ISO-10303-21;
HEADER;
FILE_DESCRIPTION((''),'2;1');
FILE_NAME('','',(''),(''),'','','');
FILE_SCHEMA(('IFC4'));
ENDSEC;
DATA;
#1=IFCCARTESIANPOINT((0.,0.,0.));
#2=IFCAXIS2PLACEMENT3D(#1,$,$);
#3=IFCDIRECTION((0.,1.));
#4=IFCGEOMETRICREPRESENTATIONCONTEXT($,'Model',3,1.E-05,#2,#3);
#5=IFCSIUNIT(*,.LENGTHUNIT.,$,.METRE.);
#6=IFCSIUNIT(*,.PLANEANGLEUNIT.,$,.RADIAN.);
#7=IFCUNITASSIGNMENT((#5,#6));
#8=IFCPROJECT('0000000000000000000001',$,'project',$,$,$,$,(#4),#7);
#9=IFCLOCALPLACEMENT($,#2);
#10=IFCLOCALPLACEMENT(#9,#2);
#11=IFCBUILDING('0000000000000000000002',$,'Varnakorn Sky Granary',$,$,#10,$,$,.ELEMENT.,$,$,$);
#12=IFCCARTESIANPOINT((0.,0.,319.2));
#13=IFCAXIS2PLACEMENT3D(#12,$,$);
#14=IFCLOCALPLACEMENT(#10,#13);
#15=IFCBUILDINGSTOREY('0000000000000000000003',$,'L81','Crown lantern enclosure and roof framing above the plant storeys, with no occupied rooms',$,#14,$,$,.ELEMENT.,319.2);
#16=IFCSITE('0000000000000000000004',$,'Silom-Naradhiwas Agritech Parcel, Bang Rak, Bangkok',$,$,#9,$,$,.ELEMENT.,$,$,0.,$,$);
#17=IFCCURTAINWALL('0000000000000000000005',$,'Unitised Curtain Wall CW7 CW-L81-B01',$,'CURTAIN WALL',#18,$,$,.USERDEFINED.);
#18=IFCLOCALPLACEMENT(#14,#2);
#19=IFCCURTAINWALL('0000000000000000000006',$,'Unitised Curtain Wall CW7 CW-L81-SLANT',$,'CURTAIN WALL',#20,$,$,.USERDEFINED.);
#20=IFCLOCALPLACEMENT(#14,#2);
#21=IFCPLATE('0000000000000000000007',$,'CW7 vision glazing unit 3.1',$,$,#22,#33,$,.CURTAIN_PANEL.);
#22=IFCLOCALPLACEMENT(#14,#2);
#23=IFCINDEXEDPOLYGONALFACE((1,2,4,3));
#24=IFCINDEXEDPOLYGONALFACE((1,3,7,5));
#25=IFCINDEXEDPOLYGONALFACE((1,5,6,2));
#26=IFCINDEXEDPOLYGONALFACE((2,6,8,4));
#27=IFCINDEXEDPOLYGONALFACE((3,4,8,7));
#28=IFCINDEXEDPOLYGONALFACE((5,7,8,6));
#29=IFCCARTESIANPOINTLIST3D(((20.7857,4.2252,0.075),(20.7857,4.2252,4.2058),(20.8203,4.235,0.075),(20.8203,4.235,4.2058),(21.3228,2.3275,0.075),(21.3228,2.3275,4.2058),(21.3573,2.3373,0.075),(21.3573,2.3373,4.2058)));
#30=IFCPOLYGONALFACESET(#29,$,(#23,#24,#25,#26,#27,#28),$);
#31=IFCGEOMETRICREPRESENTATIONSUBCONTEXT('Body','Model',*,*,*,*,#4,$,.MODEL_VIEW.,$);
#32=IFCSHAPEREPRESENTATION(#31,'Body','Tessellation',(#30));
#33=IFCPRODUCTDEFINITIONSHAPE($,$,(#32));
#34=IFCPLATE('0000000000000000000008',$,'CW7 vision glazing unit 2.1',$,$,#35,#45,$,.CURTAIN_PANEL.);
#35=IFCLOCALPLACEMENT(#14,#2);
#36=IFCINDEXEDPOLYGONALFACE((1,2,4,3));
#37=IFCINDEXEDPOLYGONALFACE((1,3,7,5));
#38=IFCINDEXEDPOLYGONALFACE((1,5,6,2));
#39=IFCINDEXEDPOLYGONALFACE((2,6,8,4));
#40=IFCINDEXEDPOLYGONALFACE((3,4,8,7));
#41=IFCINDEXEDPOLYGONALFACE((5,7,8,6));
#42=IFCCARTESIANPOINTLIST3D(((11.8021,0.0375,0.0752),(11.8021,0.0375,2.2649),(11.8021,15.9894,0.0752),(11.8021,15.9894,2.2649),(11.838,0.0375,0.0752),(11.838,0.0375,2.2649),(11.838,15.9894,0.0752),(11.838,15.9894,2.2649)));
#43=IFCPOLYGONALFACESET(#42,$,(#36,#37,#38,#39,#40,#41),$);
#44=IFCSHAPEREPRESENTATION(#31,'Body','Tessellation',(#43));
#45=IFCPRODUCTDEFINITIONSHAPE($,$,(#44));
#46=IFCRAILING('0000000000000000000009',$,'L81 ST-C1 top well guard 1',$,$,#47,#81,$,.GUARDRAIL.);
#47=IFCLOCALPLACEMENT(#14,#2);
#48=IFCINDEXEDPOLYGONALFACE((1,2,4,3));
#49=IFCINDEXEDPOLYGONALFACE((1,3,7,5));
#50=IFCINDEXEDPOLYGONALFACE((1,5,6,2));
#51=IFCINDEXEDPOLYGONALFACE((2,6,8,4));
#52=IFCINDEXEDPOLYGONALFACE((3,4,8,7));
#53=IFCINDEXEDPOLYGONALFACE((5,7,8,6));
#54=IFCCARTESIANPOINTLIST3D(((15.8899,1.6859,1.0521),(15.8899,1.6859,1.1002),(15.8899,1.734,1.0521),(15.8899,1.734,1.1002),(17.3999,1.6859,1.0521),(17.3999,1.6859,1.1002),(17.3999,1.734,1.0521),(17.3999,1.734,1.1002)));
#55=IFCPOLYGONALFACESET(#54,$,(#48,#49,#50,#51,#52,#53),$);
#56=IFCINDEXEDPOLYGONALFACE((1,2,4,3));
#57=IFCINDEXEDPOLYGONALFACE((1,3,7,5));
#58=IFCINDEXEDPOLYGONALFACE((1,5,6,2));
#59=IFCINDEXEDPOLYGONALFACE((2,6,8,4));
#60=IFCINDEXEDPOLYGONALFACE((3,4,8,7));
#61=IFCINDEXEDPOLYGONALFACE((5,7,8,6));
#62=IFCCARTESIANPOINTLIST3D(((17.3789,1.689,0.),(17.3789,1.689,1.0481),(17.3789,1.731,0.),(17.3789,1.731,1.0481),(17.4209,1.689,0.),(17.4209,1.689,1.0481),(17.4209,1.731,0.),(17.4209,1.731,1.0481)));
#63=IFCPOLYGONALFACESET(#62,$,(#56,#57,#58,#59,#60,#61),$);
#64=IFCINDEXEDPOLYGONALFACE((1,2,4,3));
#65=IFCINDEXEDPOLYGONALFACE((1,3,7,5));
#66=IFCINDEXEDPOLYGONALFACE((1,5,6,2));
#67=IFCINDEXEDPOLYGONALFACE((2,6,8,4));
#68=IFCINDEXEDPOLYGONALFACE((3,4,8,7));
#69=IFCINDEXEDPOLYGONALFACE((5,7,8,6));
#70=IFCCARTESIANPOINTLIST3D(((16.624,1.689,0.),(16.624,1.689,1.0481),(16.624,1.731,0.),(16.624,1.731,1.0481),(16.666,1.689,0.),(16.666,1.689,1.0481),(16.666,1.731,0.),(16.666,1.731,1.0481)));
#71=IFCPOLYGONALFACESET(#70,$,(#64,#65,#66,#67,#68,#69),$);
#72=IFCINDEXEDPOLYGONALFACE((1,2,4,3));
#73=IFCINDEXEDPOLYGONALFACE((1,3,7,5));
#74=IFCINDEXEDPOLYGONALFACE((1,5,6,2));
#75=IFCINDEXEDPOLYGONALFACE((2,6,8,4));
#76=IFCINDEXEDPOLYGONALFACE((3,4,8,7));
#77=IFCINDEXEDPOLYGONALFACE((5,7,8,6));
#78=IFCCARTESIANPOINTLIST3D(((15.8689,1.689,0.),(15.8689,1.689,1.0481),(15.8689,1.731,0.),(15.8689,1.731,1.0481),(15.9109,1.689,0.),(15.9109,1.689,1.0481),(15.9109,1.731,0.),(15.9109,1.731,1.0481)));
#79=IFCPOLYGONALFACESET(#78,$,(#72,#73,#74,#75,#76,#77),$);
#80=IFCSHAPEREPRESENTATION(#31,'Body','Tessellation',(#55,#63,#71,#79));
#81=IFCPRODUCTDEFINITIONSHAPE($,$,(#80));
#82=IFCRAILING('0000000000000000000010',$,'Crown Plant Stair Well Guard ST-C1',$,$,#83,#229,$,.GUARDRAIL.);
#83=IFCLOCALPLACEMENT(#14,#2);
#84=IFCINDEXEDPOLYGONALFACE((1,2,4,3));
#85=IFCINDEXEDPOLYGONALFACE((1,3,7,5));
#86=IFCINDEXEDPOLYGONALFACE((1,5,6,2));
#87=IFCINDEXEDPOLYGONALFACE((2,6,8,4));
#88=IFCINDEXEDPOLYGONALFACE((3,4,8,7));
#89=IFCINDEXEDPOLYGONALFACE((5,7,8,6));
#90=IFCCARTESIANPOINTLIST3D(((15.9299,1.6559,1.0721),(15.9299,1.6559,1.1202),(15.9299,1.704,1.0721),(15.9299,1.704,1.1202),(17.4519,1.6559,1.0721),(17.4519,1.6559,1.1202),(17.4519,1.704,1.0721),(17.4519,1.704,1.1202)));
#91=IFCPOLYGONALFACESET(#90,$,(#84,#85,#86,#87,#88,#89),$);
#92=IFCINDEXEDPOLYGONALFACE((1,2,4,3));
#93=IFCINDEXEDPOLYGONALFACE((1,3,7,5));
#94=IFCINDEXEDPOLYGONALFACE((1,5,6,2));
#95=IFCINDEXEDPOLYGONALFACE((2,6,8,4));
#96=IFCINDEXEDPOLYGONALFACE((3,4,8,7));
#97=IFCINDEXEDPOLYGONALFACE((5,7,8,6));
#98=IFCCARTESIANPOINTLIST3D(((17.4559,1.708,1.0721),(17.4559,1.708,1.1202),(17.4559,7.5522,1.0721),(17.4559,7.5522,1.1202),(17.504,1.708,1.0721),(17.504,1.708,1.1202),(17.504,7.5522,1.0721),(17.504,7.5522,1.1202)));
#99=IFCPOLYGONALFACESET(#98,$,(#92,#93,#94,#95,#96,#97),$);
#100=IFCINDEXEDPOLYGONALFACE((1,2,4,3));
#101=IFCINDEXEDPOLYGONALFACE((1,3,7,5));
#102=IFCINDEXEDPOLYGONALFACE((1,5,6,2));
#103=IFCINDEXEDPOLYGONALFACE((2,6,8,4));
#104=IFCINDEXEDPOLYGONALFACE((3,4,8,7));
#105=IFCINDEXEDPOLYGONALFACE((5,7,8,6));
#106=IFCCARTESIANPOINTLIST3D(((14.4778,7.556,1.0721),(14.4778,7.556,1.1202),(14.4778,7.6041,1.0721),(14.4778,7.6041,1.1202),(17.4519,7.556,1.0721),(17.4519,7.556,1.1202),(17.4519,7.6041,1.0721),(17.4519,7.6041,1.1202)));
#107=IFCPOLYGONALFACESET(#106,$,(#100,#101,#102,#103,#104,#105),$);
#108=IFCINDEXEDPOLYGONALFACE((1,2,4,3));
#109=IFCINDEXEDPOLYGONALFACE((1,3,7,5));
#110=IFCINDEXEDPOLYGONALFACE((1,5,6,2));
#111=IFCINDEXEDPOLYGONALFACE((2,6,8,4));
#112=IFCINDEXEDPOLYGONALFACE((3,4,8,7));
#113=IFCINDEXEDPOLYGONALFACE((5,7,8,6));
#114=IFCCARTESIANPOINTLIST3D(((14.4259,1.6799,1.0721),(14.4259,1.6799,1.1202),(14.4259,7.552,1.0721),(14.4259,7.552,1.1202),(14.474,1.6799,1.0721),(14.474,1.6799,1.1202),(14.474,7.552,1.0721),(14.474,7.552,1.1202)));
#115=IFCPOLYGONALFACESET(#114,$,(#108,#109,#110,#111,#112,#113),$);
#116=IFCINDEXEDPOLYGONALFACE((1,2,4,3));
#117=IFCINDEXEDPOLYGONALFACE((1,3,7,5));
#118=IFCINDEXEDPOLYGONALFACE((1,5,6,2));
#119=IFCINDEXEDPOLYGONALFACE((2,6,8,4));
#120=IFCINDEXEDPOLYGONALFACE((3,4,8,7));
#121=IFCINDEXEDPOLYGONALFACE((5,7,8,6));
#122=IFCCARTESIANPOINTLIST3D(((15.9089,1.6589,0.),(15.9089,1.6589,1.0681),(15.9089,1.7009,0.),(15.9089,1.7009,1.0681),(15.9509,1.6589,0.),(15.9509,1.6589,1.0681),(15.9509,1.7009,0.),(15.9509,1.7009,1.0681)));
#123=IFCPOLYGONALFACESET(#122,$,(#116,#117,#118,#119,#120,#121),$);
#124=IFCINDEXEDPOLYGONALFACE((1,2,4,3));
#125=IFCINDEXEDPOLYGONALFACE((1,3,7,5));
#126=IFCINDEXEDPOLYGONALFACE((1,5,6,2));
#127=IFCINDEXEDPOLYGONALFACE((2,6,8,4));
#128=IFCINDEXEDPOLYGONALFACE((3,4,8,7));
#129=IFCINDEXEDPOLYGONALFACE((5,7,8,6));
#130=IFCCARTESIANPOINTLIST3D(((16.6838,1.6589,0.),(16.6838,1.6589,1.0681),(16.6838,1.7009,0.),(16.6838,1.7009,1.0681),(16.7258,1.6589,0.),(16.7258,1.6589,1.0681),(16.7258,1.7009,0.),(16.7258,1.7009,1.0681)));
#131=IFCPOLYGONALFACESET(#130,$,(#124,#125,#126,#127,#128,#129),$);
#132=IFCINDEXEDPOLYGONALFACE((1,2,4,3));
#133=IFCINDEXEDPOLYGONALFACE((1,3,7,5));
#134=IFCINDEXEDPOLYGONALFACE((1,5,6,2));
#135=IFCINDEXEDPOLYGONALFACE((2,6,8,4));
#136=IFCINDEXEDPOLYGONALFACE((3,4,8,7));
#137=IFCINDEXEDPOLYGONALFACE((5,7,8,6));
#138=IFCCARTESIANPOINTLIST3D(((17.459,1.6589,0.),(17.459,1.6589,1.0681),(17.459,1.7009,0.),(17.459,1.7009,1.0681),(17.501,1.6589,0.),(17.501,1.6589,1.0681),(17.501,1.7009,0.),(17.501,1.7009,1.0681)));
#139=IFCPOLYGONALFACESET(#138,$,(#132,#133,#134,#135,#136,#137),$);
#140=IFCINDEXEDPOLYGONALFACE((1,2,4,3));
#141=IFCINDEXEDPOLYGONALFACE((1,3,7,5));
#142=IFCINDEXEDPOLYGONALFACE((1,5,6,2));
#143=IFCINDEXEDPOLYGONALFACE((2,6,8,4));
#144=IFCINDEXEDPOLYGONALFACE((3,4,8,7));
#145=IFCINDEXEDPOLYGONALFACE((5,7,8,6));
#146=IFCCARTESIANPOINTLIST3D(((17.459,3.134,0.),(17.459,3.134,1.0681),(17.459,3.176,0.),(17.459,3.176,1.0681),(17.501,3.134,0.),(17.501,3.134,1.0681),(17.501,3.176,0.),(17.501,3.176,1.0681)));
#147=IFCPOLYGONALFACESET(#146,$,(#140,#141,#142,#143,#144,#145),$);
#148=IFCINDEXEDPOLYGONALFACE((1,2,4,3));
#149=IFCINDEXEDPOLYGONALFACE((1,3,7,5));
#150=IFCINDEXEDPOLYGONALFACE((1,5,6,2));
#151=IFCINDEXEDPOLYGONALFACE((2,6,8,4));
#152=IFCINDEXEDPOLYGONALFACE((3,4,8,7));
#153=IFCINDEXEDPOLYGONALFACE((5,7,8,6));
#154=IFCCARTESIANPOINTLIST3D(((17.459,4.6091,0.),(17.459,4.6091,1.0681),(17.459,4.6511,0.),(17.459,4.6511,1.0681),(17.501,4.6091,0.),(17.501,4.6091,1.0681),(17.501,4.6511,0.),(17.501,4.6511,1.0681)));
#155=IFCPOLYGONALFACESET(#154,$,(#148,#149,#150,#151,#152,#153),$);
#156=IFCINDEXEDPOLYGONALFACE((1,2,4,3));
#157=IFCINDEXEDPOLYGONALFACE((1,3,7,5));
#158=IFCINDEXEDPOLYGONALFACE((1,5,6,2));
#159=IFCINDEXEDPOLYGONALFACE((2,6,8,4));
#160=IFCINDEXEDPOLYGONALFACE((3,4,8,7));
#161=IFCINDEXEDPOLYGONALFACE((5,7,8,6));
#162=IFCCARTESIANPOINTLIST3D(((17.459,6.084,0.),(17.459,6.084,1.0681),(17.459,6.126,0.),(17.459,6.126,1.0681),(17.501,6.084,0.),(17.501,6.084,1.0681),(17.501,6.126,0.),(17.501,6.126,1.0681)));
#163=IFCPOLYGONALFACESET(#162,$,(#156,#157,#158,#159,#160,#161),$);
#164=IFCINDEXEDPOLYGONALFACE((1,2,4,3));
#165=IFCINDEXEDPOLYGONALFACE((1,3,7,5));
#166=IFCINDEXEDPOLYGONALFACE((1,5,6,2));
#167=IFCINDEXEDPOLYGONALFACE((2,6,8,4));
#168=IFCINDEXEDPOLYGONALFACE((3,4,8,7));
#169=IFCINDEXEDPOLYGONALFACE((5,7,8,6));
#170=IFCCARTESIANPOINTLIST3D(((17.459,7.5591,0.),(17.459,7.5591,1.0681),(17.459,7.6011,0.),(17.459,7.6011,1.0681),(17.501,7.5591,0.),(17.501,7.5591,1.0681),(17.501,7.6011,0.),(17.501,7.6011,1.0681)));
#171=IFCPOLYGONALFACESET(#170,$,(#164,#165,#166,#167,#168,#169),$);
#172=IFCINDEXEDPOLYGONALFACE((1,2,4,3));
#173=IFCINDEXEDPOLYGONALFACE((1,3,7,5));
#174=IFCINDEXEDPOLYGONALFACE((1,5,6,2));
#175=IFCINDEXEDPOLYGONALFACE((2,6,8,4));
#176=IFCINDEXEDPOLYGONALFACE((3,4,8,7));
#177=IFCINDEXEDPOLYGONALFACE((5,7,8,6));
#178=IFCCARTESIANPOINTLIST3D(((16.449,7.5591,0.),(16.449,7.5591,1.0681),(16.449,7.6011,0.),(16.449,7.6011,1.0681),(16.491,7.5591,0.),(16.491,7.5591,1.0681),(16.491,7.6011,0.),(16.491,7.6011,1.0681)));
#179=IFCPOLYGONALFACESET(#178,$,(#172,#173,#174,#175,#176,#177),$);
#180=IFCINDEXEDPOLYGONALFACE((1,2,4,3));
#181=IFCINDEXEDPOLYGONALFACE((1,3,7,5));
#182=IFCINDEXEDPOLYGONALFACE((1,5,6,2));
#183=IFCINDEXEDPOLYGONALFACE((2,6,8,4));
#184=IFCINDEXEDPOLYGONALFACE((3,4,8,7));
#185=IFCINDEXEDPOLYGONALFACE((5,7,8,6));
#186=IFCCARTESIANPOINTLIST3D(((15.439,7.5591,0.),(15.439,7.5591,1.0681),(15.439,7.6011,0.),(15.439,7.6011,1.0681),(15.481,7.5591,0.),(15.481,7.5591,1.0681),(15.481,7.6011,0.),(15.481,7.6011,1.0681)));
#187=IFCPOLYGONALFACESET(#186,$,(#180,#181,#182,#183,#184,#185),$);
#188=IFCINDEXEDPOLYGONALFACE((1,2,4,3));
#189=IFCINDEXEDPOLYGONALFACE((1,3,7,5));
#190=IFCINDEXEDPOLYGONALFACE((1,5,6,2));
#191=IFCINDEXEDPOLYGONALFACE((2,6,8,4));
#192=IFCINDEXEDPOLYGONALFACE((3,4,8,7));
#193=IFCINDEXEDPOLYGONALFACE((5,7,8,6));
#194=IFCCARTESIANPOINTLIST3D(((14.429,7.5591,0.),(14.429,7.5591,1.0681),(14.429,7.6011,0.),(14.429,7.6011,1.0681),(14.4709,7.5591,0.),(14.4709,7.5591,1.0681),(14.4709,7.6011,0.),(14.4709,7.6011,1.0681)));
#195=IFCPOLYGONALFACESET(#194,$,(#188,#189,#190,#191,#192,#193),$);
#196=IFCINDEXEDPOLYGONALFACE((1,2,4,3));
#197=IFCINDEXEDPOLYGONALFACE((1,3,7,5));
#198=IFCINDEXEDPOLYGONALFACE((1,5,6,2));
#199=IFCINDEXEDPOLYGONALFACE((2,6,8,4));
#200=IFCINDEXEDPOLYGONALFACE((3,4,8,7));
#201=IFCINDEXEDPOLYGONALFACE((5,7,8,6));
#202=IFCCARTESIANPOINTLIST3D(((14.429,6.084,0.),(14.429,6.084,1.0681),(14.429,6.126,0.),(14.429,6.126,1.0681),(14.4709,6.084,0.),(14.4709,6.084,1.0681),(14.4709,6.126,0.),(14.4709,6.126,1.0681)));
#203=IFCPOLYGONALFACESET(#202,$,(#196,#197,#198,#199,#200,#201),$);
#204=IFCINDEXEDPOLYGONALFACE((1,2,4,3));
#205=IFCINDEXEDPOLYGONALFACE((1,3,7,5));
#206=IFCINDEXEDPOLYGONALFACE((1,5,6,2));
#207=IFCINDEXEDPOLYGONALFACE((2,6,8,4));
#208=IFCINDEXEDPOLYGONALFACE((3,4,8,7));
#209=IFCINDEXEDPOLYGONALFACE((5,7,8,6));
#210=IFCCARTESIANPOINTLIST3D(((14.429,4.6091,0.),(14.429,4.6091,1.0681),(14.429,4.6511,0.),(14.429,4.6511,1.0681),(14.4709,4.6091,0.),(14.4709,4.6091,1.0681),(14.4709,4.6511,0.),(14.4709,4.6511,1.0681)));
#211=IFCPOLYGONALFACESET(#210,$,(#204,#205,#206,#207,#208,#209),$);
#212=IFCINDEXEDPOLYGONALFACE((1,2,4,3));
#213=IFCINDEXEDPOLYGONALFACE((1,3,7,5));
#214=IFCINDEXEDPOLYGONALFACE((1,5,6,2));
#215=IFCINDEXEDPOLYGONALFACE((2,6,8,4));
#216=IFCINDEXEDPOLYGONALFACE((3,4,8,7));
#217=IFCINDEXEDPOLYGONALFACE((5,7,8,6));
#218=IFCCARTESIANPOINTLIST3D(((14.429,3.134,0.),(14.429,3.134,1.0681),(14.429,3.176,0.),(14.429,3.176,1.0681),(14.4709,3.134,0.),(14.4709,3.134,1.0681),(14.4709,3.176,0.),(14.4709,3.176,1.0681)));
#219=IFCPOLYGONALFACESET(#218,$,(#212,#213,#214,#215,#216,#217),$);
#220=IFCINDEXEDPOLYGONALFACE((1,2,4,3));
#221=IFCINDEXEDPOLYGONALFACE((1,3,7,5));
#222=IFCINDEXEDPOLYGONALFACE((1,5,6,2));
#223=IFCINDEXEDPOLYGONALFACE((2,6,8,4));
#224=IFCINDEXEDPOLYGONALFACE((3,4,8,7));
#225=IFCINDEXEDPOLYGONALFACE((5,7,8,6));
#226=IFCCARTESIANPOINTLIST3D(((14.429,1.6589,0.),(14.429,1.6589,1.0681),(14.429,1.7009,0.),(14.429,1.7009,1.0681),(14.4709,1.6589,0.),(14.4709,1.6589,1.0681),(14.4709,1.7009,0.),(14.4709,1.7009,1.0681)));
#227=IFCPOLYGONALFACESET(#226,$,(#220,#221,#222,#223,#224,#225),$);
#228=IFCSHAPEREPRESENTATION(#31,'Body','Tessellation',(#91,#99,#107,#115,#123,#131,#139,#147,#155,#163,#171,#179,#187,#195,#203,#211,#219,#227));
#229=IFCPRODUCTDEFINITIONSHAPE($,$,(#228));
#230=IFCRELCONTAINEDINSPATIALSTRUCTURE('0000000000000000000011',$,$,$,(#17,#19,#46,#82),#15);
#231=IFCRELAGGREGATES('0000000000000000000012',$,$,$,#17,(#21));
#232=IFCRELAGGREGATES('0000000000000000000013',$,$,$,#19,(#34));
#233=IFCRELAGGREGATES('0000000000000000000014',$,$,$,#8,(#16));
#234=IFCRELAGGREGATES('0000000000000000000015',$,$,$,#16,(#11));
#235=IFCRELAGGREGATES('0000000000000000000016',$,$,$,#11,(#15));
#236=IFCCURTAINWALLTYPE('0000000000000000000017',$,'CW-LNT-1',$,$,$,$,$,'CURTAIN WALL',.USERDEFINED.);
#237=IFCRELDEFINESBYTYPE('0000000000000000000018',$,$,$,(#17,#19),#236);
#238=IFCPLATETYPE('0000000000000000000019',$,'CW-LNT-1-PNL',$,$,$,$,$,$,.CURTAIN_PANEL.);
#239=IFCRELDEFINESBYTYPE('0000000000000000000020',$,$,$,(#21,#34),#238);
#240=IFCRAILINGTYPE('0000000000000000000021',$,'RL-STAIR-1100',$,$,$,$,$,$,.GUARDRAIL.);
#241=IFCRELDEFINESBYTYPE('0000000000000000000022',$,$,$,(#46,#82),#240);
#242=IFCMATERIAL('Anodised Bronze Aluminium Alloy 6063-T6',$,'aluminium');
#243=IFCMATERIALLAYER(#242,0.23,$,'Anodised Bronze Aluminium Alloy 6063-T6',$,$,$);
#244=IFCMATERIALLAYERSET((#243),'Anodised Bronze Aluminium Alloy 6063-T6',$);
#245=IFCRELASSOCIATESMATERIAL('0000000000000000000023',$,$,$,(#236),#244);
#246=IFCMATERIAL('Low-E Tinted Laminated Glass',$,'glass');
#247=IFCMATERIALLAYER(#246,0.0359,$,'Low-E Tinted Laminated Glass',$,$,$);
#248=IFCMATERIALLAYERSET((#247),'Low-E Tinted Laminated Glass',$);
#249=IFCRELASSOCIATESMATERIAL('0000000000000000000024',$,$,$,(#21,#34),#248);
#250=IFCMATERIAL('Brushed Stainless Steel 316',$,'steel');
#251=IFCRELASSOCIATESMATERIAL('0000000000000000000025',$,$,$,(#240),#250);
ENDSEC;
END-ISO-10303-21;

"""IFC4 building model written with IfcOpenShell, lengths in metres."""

from ifc_helpers import new_model, si_unit, direction, frame, origin, origin_2d, place, context, subcontext, project, spatial, rectangle, extrude, source, transform, mapped, material, layer, layer_set, type_object, element, aggregate, save


model = new_model("IFC4")

# Units and contexts
model_context = context("Model", 3, precision=1e-05, world=origin(), true_north=direction((0.0, 1.0)))
body_context = subcontext(model_context, "Body", "Model", "MODEL_VIEW")
ifc_project = project(units=[si_unit("LENGTHUNIT", "METRE"), si_unit("PLANEANGLEUNIT", "RADIAN")], contexts=[model_context])

# Site, building, storey
site_placement = place(None, origin())
site = spatial("IfcSite", under=ifc_project, at=site_placement, Name="Silom-Naradhiwas Agritech Parcel, Bang Rak, Bangkok", CompositionType="ELEMENT", RefElevation=0.0)
building_placement = place(site_placement, origin())
building = spatial("IfcBuilding", under=site, at=building_placement, Name="Varnakorn Sky Granary", CompositionType="ELEMENT")
storey_placement = place(building_placement, frame((0.0, 0.0, 319.2)))
storey = spatial("IfcBuildingStorey", under=building, at=storey_placement, Name="L81", Description="Crown lantern enclosure and roof framing above the plant storeys, with no occupied rooms", CompositionType="ELEMENT", Elevation=319.2)

# Curtain wall
ifc_material_1 = material(Name="Anodised Bronze Aluminium Alloy 6063-T6", Category="aluminium")
ifc_layer_1 = layer(ifc_material_1, 0.23, Name="Anodised Bronze Aluminium Alloy 6063-T6")
ifc_layer_set_1 = layer_set([ifc_layer_1], Name="Anodised Bronze Aluminium Alloy 6063-T6")
curtain_wall_type = type_object("IfcCurtainWallType", Name="CW-LNT-1", ElementType="CURTAIN WALL", PredefinedType="USERDEFINED", material=ifc_layer_set_1)
curtain_wall_1_placement = place(storey_placement, origin())
curtain_wall_1 = element("IfcCurtainWall", 1, at=curtain_wall_1_placement, inside=storey, type_object=curtain_wall_type, Name="Unitised Curtain Wall CW7 CW-L81-B01", ObjectType="CURTAIN WALL", PredefinedType="USERDEFINED")

# Curtain wall
curtain_wall_2_placement = place(storey_placement, origin())
curtain_wall_2 = element("IfcCurtainWall", 2, at=curtain_wall_2_placement, inside=storey, type_object=curtain_wall_type, Name="Unitised Curtain Wall CW7 CW-L81-SLANT", ObjectType="CURTAIN WALL", PredefinedType="USERDEFINED")

# Plates
ifc_material_2 = material(Name="Low-E Tinted Laminated Glass", Category="glass")
ifc_layer_2 = layer(ifc_material_2, 0.0359, Name="Low-E Tinted Laminated Glass")
ifc_layer_set_2 = layer_set([ifc_layer_2], Name="Low-E Tinted Laminated Glass")
plate_type = type_object("IfcPlateType", Name="CW-LNT-1-PNL", PredefinedType="CURTAIN_PANEL")
shared_shape_1 = source(origin(), body_context, "Body", "SweptSolid", [
    extrude(rectangle(XDim=1.9722, YDim=0.0359, at=origin_2d()), origin(), (0.0, 0.0, 1.0), 4.1309),
])
plate_1_placement = place(storey_placement, frame((21.0715, 3.2812, 0.075), z_axis=(0.0, 0.0, 1.0), x_axis=(0.272307, -0.96221, 0.0)))
plate_1 = element("IfcPlate", 3, at=plate_1_placement, type_object=plate_type, material=ifc_layer_set_2, Name="CW7 vision glazing unit 3.1", PredefinedType="CURTAIN_PANEL", context=body_context, shape_type="MappedRepresentation", body=[
    mapped(shared_shape_1, transform((0.0, 0.0, 0.0), x_axis=(1.0, 0.0, 0.0), y_axis=(0.0, 1.0, 0.0), z_axis=(0.0, 0.0, 1.0), scale=1.0)),
])
aggregate(curtain_wall_1, [plate_1])
shared_shape_2 = source(origin(), body_context, "Body", "SweptSolid", [
    extrude(rectangle(XDim=15.9519, YDim=0.0359, at=origin_2d()), origin(), (0.0, 0.0, 1.0), 2.1897),
])
plate_2_placement = place(storey_placement, frame((11.8201, 8.0134, 0.0752), z_axis=(0.0, 0.0, 1.0), x_axis=(0.0, 1.0, 0.0)))
plate_2 = element("IfcPlate", 4, at=plate_2_placement, type_object=plate_type, material=ifc_layer_set_2, Name="CW7 vision glazing unit 2.1", PredefinedType="CURTAIN_PANEL", context=body_context, shape_type="MappedRepresentation", body=[
    mapped(shared_shape_2, transform((0.0, 0.0, 0.0), x_axis=(1.0, 0.0, 0.0), y_axis=(0.0, 1.0, 0.0), z_axis=(0.0, 0.0, 1.0), scale=1.0)),
])
aggregate(curtain_wall_2, [plate_2])

# Railings
ifc_material_3 = material(Name="Brushed Stainless Steel 316", Category="steel")
railing_type = type_object("IfcRailingType", Name="RL-STAIR-1100", PredefinedType="GUARDRAIL", material=ifc_material_3)
railing_1_placement = place(storey_placement, frame((17.3999, 1.71, 0.0)))
element("IfcRailing", 5, at=railing_1_placement, inside=storey, type_object=railing_type, Name="L81 ST-C1 top well guard 1", PredefinedType="GUARDRAIL", context=body_context, shape_type="SweptSolid", body=[
    extrude(rectangle(XDim=0.0481, YDim=0.0481, at=origin_2d()), frame((0.0, 0.0, 1.0762), z_axis=(-1.0, 0.0, 0.0), x_axis=(0.0, -1.0, 0.0)), (0.0, 0.0, 1.0), 1.51),
    extrude(rectangle(XDim=0.042, YDim=0.042, at=origin_2d()), origin(), (0.0, 0.0, 1.0), 1.0481),
    extrude(rectangle(XDim=0.042, YDim=0.042, at=origin_2d()), frame((-0.7549, 0.0, 0.0)), (0.0, 0.0, 1.0), 1.0481),
    extrude(rectangle(XDim=0.042, YDim=0.042, at=origin_2d()), frame((-1.51, 0.0, 0.0)), (0.0, 0.0, 1.0), 1.0481),
])
railing_2_placement = place(storey_placement, frame((15.9299, 1.6799, 0.0)))
element("IfcRailing", 6, at=railing_2_placement, inside=storey, type_object=railing_type, Name="Crown Plant Stair Well Guard ST-C1", PredefinedType="GUARDRAIL", context=body_context, shape_type="SweptSolid", body=[
    extrude(rectangle(XDim=0.0481, YDim=0.0481, at=origin_2d()), frame((0.0, 0.0, 1.0962), z_axis=(1.0, 0.0, 0.0), x_axis=(0.0, 1.0, 0.0)), (0.0, 0.0, 1.0), 1.522),
    extrude(rectangle(XDim=0.0481, YDim=0.0481, at=origin_2d()), frame((1.55, 0.0281, 1.0962), z_axis=(0.0, 1.0, 0.0), x_axis=(-1.0, 0.0, 0.0)), (0.0, 0.0, 1.0), 5.8442),
    extrude(rectangle(XDim=0.0481, YDim=0.0481, at=origin_2d()), frame((1.522, 5.9001, 1.0962), z_axis=(-1.0, 0.0, 0.0), x_axis=(0.0, -1.0, 0.0)), (0.0, 0.0, 1.0), 2.9741),
    extrude(rectangle(XDim=0.0481, YDim=0.0481, at=origin_2d()), frame((-1.48, 5.8721, 1.0962), z_axis=(0.0, -1.0, 0.0), x_axis=(1.0, 0.0, 0.0)), (0.0, 0.0, 1.0), 5.8721),
    extrude(rectangle(XDim=0.042, YDim=0.042, at=origin_2d()), origin(), (0.0, 0.0, 1.0), 1.0681),
    extrude(rectangle(XDim=0.042, YDim=0.042, at=origin_2d()), frame((0.7749, 0.0, 0.0)), (0.0, 0.0, 1.0), 1.0681),
    extrude(rectangle(XDim=0.042, YDim=0.042, at=origin_2d()), frame((1.55, 0.0, 0.0)), (0.0, 0.0, 1.0), 1.0681),
    extrude(rectangle(XDim=0.042, YDim=0.042, at=origin_2d()), frame((1.55, 1.4751, 0.0)), (0.0, 0.0, 1.0), 1.0681),
    extrude(rectangle(XDim=0.042, YDim=0.042, at=origin_2d()), frame((1.55, 2.9502, 0.0)), (0.0, 0.0, 1.0), 1.0681),
    extrude(rectangle(XDim=0.042, YDim=0.042, at=origin_2d()), frame((1.55, 4.425, 0.0)), (0.0, 0.0, 1.0), 1.0681),
    extrude(rectangle(XDim=0.042, YDim=0.042, at=origin_2d()), frame((1.55, 5.9001, 0.0)), (0.0, 0.0, 1.0), 1.0681),
    extrude(rectangle(XDim=0.042, YDim=0.042, at=origin_2d()), frame((0.54, 5.9001, 0.0)), (0.0, 0.0, 1.0), 1.0681),
    extrude(rectangle(XDim=0.042, YDim=0.042, at=origin_2d()), frame((-0.47, 5.9001, 0.0)), (0.0, 0.0, 1.0), 1.0681),
    extrude(rectangle(XDim=0.042, YDim=0.042, at=origin_2d()), frame((-1.48, 5.9001, 0.0)), (0.0, 0.0, 1.0), 1.0681),
    extrude(rectangle(XDim=0.042, YDim=0.042, at=origin_2d()), frame((-1.48, 4.425, 0.0)), (0.0, 0.0, 1.0), 1.0681),
    extrude(rectangle(XDim=0.042, YDim=0.042, at=origin_2d()), frame((-1.48, 2.9502, 0.0)), (0.0, 0.0, 1.0), 1.0681),
    extrude(rectangle(XDim=0.042, YDim=0.042, at=origin_2d()), frame((-1.48, 1.4751, 0.0)), (0.0, 0.0, 1.0), 1.0681),
    extrude(rectangle(XDim=0.042, YDim=0.042, at=origin_2d()), frame((-1.48, 0.0, 0.0)), (0.0, 0.0, 1.0), 1.0681),
])

save(model, "model.ifc")
